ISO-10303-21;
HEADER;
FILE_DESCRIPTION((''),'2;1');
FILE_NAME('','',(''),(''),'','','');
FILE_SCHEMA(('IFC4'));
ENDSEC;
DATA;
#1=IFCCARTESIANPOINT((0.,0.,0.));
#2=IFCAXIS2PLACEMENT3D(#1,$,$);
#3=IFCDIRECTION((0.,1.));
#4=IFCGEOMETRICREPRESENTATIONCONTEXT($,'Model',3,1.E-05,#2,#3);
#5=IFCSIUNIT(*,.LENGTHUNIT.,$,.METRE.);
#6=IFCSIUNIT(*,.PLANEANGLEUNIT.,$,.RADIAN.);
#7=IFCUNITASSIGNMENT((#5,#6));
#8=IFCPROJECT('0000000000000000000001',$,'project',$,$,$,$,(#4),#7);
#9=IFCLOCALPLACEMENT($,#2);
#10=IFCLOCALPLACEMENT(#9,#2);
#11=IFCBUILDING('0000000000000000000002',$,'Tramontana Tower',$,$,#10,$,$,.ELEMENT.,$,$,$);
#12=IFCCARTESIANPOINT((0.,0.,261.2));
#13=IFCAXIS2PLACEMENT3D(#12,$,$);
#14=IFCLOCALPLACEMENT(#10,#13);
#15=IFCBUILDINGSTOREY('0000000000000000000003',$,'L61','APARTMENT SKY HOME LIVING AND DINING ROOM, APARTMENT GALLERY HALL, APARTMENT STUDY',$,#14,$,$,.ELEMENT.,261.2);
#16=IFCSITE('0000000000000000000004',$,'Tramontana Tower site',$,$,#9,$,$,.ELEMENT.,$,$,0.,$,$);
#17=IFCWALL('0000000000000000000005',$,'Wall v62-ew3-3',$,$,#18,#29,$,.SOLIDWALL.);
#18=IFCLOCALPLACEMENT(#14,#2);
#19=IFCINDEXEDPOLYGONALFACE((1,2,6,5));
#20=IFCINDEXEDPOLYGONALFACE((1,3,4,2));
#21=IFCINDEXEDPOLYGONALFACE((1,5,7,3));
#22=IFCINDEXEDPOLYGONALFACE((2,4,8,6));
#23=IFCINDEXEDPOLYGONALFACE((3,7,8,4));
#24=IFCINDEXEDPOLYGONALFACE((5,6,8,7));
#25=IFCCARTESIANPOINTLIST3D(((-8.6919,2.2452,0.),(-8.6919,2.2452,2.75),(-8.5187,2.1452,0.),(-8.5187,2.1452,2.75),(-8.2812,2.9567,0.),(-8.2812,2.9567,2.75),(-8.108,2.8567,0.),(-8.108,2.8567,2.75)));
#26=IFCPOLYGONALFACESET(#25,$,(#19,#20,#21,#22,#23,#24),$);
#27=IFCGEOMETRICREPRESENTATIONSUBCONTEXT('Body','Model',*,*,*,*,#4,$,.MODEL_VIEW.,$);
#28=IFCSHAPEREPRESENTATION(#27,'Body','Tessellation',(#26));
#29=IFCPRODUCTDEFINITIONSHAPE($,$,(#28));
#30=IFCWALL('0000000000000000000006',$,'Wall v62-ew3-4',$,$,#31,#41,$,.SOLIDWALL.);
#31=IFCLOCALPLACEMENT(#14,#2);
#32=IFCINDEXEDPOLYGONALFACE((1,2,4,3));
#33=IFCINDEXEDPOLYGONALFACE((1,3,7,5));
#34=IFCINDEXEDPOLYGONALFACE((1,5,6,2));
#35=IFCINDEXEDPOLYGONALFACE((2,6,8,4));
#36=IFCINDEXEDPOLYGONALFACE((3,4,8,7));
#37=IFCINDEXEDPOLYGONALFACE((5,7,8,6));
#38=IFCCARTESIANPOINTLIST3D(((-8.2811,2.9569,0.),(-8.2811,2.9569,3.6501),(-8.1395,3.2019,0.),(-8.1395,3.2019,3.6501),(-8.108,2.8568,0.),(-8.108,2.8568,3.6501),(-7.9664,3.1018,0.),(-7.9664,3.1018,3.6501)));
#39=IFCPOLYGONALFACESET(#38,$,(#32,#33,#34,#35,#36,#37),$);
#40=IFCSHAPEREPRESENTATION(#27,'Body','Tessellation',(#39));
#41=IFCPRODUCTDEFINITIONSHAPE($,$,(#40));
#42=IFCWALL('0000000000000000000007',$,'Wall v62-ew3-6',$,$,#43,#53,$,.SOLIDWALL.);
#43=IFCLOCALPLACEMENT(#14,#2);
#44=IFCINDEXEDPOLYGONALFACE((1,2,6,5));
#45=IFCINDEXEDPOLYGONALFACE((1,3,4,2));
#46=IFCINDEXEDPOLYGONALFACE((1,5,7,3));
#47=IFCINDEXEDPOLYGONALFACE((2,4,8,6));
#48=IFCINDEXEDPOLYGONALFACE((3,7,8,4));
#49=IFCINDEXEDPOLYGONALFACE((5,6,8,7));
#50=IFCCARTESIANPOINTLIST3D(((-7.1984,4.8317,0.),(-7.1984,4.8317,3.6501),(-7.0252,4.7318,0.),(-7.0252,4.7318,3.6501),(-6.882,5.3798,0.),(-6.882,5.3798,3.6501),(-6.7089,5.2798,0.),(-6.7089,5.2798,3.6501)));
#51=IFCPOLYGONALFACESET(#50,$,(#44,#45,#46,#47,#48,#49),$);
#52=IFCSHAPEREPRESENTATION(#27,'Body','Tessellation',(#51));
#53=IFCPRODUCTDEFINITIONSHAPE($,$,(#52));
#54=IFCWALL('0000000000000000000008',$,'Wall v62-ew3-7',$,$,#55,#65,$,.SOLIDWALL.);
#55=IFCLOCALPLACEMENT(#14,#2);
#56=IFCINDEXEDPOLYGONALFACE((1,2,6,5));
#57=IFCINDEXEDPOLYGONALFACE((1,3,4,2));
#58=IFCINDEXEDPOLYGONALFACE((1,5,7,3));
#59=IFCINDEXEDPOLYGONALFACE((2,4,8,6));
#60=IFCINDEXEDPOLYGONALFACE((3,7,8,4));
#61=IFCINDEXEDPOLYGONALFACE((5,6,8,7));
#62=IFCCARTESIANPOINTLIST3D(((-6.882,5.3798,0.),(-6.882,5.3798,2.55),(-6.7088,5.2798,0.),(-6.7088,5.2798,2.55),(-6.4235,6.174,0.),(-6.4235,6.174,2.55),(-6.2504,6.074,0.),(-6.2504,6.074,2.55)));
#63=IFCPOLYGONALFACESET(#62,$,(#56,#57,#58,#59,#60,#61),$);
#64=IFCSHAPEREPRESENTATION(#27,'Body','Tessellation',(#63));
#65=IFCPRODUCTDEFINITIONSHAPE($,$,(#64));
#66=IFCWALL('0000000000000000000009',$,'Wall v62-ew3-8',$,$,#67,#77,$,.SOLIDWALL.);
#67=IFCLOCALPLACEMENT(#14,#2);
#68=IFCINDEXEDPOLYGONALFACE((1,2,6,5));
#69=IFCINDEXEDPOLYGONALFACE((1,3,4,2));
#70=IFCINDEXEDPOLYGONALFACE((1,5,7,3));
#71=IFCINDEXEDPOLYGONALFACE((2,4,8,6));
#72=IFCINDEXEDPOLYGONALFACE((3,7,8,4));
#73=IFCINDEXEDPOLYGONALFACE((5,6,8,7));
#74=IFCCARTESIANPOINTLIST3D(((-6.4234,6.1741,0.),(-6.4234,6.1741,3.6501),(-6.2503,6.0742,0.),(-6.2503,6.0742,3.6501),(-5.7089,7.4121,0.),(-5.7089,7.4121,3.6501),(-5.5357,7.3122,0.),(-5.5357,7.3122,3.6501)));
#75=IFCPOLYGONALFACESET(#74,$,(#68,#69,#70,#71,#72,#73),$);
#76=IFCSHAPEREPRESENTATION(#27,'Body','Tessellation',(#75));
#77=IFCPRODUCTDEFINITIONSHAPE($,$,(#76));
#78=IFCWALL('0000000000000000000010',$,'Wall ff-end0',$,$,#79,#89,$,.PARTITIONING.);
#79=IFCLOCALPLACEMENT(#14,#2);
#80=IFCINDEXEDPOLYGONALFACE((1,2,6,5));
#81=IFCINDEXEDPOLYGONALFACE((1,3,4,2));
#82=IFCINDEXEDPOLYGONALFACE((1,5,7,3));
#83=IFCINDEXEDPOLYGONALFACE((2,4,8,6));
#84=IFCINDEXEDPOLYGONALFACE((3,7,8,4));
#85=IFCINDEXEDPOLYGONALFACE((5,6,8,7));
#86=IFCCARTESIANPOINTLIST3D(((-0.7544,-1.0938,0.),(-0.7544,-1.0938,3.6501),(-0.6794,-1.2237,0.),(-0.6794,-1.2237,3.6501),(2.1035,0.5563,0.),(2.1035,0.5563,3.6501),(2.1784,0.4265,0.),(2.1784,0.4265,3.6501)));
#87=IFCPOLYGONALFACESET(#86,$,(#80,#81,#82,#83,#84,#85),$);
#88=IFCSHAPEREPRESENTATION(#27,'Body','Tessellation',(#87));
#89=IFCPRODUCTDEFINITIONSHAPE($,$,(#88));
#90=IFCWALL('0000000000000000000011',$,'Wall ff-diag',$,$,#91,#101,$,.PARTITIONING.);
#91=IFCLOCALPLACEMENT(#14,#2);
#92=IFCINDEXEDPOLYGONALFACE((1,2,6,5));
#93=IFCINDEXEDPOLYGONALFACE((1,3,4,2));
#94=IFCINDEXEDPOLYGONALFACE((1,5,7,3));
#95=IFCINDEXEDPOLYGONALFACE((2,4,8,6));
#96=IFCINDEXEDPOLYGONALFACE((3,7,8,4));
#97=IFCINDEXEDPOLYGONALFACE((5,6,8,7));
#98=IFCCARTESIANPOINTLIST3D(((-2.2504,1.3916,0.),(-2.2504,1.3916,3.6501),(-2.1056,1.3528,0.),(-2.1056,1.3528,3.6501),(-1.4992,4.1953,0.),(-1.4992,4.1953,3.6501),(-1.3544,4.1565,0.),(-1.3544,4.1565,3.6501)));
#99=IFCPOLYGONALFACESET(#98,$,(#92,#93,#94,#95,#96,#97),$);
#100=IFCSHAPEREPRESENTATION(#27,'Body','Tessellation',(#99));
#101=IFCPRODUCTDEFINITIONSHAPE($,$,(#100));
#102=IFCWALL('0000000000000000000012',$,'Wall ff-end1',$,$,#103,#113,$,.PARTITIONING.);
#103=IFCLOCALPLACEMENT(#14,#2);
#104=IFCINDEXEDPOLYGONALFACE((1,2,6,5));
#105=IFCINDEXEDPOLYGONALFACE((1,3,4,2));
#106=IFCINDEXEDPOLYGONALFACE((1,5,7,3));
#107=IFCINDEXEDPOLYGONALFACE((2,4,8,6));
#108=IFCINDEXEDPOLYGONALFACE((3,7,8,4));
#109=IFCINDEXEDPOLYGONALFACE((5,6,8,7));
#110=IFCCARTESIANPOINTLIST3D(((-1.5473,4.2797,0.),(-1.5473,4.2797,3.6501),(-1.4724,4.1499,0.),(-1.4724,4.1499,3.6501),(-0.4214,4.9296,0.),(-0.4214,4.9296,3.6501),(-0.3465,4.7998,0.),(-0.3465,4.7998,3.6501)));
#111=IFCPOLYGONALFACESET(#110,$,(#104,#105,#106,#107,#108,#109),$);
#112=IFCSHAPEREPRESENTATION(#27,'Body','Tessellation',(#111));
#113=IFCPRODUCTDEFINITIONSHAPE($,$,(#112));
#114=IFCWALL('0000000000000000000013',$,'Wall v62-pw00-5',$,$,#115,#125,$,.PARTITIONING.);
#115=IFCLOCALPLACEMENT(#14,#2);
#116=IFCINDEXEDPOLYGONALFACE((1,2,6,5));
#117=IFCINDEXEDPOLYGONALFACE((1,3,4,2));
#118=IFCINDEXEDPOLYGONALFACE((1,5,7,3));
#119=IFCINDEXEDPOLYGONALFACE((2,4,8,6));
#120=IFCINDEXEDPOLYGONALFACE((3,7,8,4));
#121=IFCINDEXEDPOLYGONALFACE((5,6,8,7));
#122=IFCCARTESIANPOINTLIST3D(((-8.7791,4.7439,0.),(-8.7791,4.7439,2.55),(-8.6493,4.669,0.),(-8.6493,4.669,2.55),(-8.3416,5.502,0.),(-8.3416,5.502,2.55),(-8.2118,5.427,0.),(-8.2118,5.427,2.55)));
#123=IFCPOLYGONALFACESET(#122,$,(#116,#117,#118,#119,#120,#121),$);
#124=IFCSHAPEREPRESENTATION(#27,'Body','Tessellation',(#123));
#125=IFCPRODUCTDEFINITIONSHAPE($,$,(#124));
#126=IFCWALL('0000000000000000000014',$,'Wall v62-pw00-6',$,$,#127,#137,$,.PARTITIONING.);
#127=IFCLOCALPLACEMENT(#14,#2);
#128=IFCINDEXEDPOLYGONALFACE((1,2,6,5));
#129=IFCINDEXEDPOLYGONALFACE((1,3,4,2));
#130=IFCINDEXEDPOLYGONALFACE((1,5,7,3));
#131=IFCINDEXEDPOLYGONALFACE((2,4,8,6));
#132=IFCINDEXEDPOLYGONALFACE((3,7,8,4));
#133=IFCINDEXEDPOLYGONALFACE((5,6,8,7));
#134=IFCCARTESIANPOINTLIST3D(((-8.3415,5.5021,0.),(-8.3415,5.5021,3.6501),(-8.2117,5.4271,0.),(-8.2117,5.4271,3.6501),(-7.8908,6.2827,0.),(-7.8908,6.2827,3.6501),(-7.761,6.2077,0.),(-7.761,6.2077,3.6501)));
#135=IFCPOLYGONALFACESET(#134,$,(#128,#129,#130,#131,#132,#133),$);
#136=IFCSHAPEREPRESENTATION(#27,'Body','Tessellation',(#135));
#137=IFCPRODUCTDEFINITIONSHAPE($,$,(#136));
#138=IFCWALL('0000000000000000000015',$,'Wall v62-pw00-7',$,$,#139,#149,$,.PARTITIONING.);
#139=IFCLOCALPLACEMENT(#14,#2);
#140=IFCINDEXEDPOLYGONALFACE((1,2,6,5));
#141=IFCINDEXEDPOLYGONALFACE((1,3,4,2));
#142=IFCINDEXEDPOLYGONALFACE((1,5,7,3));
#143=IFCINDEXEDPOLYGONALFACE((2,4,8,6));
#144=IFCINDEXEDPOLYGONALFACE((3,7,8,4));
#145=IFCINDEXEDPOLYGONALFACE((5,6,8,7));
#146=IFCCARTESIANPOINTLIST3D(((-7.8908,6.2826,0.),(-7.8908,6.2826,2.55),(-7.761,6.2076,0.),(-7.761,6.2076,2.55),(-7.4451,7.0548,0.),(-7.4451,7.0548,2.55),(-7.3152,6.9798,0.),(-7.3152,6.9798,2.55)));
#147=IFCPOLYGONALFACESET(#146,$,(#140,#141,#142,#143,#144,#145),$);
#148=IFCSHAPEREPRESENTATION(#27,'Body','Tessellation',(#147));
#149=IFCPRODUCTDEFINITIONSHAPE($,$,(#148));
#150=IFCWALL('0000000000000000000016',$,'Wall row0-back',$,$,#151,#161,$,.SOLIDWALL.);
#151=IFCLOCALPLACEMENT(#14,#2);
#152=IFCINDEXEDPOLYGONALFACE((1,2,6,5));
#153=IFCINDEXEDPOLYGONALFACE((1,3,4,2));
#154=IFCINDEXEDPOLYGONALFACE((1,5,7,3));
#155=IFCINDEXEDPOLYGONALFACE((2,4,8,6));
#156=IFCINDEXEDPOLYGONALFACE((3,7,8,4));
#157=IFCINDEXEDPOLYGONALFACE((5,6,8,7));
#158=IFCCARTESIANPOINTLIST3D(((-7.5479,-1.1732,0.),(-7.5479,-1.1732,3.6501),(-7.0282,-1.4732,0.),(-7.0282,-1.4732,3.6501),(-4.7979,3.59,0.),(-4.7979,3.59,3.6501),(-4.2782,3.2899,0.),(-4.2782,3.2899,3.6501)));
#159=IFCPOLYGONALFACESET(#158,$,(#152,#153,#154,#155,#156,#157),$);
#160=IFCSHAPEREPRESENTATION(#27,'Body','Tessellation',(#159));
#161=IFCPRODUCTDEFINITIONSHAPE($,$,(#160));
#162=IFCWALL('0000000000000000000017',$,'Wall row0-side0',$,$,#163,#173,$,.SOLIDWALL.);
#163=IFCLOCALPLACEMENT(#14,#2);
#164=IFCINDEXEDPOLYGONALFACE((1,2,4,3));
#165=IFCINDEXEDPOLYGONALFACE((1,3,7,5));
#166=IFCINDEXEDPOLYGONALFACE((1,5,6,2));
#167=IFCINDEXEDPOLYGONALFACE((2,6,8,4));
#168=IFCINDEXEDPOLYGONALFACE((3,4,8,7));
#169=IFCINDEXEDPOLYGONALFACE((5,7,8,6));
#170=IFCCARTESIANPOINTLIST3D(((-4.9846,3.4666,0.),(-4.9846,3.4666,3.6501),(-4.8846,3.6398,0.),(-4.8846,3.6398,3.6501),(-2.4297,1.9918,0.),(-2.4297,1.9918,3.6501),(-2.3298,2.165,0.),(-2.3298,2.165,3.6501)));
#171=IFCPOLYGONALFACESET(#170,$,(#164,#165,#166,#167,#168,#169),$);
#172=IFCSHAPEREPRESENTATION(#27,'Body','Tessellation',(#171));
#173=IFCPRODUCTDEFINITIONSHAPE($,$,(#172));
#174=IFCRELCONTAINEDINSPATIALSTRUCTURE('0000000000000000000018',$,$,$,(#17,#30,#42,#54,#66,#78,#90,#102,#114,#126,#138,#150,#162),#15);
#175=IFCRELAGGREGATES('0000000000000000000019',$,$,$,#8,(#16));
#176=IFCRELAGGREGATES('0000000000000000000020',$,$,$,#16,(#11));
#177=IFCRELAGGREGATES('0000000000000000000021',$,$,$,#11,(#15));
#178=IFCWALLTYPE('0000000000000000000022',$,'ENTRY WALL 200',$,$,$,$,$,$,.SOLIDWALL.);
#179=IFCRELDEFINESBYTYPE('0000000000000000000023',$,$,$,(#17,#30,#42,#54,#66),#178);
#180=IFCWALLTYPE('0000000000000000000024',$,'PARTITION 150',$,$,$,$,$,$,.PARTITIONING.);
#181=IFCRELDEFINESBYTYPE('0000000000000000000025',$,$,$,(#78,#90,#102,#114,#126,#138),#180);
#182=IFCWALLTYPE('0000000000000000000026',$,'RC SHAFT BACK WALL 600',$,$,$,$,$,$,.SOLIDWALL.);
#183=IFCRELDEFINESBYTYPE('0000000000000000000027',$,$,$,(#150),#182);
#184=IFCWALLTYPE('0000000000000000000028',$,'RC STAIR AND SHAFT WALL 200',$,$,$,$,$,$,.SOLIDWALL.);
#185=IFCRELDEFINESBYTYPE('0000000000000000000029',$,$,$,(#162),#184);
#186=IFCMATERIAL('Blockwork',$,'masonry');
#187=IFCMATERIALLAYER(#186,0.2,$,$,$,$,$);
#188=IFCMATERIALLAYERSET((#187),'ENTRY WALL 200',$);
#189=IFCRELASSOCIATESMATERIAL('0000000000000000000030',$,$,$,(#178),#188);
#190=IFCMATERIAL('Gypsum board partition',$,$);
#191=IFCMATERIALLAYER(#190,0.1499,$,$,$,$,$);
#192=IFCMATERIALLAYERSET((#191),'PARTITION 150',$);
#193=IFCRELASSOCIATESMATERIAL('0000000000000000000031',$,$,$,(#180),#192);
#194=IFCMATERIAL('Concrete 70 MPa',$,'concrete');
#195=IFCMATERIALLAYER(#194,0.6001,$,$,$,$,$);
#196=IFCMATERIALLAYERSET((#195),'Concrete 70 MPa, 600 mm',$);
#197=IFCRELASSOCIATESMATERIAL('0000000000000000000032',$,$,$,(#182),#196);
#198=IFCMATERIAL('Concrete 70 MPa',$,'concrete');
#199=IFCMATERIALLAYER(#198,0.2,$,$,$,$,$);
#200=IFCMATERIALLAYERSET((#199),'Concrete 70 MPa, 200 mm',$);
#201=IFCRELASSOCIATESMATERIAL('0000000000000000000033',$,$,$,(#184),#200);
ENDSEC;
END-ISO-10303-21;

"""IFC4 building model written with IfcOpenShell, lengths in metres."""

from ifc_helpers import new_model, si_unit, direction, frame, frame_2d, origin, place, context, subcontext, project, spatial, rectangle, extrude, material, layer, layer_set, type_object, element, save


model = new_model("IFC4")

# Units and contexts
model_context = context("Model", 3, precision=1e-05, world=origin(), true_north=direction((0.0, 1.0)))
body_context = subcontext(model_context, "Body", "Model", "MODEL_VIEW")
ifc_project = project(units=[si_unit("LENGTHUNIT", "METRE"), si_unit("PLANEANGLEUNIT", "RADIAN")], contexts=[model_context])

# Site, building, storey
site_placement = place(None, origin())
site = spatial("IfcSite", under=ifc_project, at=site_placement, Name="Tramontana Tower site", CompositionType="ELEMENT", RefElevation=0.0)
building_placement = place(site_placement, origin())
building = spatial("IfcBuilding", under=site, at=building_placement, Name="Tramontana Tower", CompositionType="ELEMENT")
storey_placement = place(building_placement, frame((0.0, 0.0, 261.2)))
storey = spatial("IfcBuildingStorey", under=building, at=storey_placement, Name="L61", Description="APARTMENT SKY HOME LIVING AND DINING ROOM, APARTMENT GALLERY HALL, APARTMENT STUDY", CompositionType="ELEMENT", Elevation=261.2)

# Walls
ifc_material_1 = material(Name="Blockwork", Category="masonry")
ifc_layer_1 = layer(ifc_material_1, 0.2)
ifc_layer_set_1 = layer_set([ifc_layer_1], Name="ENTRY WALL 200")
wall_type_1 = type_object("IfcWallType", Name="ENTRY WALL 200", PredefinedType="SOLIDWALL", material=ifc_layer_set_1)
wall_1_placement = place(storey_placement, frame((-8.6052, 2.1953, 0.0), z_axis=(0.0, 0.0, 1.0), x_axis=(0.499911, 0.866077, 0.0)))
element("IfcWall", 1, at=wall_1_placement, inside=storey, type_object=wall_type_1, Name="Wall v62-ew3-3", PredefinedType="SOLIDWALL", context=body_context, shape_type="SweptSolid", body=[
    extrude(rectangle(XDim=0.8215, YDim=0.2, at=frame_2d((0.4106, 0.0))), origin(), (0.0, 0.0, 1.0), 2.75),
])
wall_2_placement = place(storey_placement, frame((-8.1946, 2.9067, 0.0), z_axis=(0.0, 0.0, 1.0), x_axis=(0.50022, 0.865898, 0.0)))
element("IfcWall", 2, at=wall_2_placement, inside=storey, type_object=wall_type_1, Name="Wall v62-ew3-4", PredefinedType="SOLIDWALL", context=body_context, shape_type="SweptSolid", body=[
    extrude(rectangle(XDim=0.283, YDim=0.2, at=frame_2d((0.1416, 0.0))), origin(), (0.0, 0.0, 1.0), 3.6501),
])

# Walls
wall_3_placement = place(storey_placement, frame((-7.1118, 4.7817, 0.0), z_axis=(0.0, 0.0, 1.0), x_axis=(0.499956, 0.866051, 0.0)))
element("IfcWall", 3, at=wall_3_placement, inside=storey, type_object=wall_type_1, Name="Wall v62-ew3-6", PredefinedType="SOLIDWALL", context=body_context, shape_type="SweptSolid", body=[
    extrude(rectangle(XDim=0.6328, YDim=0.2, at=frame_2d((0.3164, 0.0))), origin(), (0.0, 0.0, 1.0), 3.6501),
])
wall_4_placement = place(storey_placement, frame((-6.7954, 5.3298, 0.0), z_axis=(0.0, 0.0, 1.0), x_axis=(0.499976, 0.866039, 0.0)))
element("IfcWall", 4, at=wall_4_placement, inside=storey, type_object=wall_type_1, Name="Wall v62-ew3-7", PredefinedType="SOLIDWALL", context=body_context, shape_type="SweptSolid", body=[
    extrude(rectangle(XDim=0.917, YDim=0.2, at=frame_2d((0.4585, 0.0))), origin(), (0.0, 0.0, 1.0), 2.55),
])
wall_5_placement = place(storey_placement, frame((-6.3369, 6.124, 0.0), z_axis=(0.0, 0.0, 1.0), x_axis=(0.499905, 0.86608, 0.0)))
element("IfcWall", 5, at=wall_5_placement, inside=storey, type_object=wall_type_1, Name="Wall v62-ew3-8", PredefinedType="SOLIDWALL", context=body_context, shape_type="SweptSolid", body=[
    extrude(rectangle(XDim=1.4294, YDim=0.2, at=frame_2d((0.7148, 0.0))), origin(), (0.0, 0.0, 1.0), 3.6501),
])

# Shared definitions
ifc_material_2 = material(Name="Gypsum board partition")
ifc_layer_2 = layer(ifc_material_2, 0.1499)
ifc_layer_set_2 = layer_set([ifc_layer_2], Name="PARTITION 150")
wall_type_2 = type_object("IfcWallType", Name="PARTITION 150", PredefinedType="PARTITIONING", material=ifc_layer_set_2)

# Walls
wall_6_placement = place(storey_placement, frame((-0.7168, -1.1587, 0.0), z_axis=(0.0, 0.0, 1.0), x_axis=(0.866008, 0.50003, 0.0)))
element("IfcWall", 6, at=wall_6_placement, inside=storey, type_object=wall_type_2, Name="Wall ff-end0", PredefinedType="PARTITIONING", context=body_context, shape_type="SweptSolid", body=[
    extrude(rectangle(XDim=3.3, YDim=0.1499, at=frame_2d((1.6499, 0.0))), origin(), (0.0, 0.0, 1.0), 3.6501),
])
wall_7_placement = place(storey_placement, frame((-2.178, 1.3723, 0.0), z_axis=(0.0, 0.0, 1.0), x_axis=(0.258809, 0.965929, 0.0)))
element("IfcWall", 7, at=wall_7_placement, inside=storey, type_object=wall_type_2, Name="Wall ff-diag", PredefinedType="PARTITIONING", context=body_context, shape_type="SweptSolid", body=[
    extrude(rectangle(XDim=2.9026, YDim=0.1499, at=frame_2d((1.4512, 0.0))), origin(), (0.0, 0.0, 1.0), 3.6501),
])
wall_8_placement = place(storey_placement, frame((-1.5098, 4.2148, 0.0), z_axis=(0.0, 0.0, 1.0), x_axis=(0.866086, 0.499896, 0.0)))
element("IfcWall", 8, at=wall_8_placement, inside=storey, type_object=wall_type_2, Name="Wall ff-end1", PredefinedType="PARTITIONING", context=body_context, shape_type="SweptSolid", body=[
    extrude(rectangle(XDim=1.3, YDim=0.1499, at=frame_2d((0.6499, 0.0))), origin(), (0.0, 0.0, 1.0), 3.6501),
])
wall_9_placement = place(storey_placement, frame((-8.7141, 4.7065, 0.0), z_axis=(0.0, 0.0, 1.0), x_axis=(0.499859, 0.866107, 0.0)))
element("IfcWall", 9, at=wall_9_placement, inside=storey, type_object=wall_type_2, Name="Wall v62-pw00-5", PredefinedType="PARTITIONING", context=body_context, shape_type="SweptSolid", body=[
    extrude(rectangle(XDim=0.8752, YDim=0.1499, at=frame_2d((0.4375, 0.0))), origin(), (0.0, 0.0, 1.0), 2.55),
])
wall_10_placement = place(storey_placement, frame((-8.2766, 5.4646, 0.0), z_axis=(0.0, 0.0, 1.0), x_axis=(0.500043, 0.866001, 0.0)))
element("IfcWall", 10, at=wall_10_placement, inside=storey, type_object=wall_type_2, Name="Wall v62-pw00-6", PredefinedType="PARTITIONING", context=body_context, shape_type="SweptSolid", body=[
    extrude(rectangle(XDim=0.9014, YDim=0.1499, at=frame_2d((0.4507, 0.0))), origin(), (0.0, 0.0, 1.0), 3.6501),
])
wall_11_placement = place(storey_placement, frame((-7.8259, 6.2451, 0.0), z_axis=(0.0, 0.0, 1.0), x_axis=(0.499967, 0.866044, 0.0)))
element("IfcWall", 11, at=wall_11_placement, inside=storey, type_object=wall_type_2, Name="Wall v62-pw00-7", PredefinedType="PARTITIONING", context=body_context, shape_type="SweptSolid", body=[
    extrude(rectangle(XDim=0.8916, YDim=0.1499, at=frame_2d((0.4458, 0.0))), origin(), (0.0, 0.0, 1.0), 2.55),
])

# Wall
ifc_material_3 = material(Name="Concrete 70 MPa", Category="concrete")
ifc_layer_3 = layer(ifc_material_3, 0.6001)
ifc_layer_set_3 = layer_set([ifc_layer_3], Name="Concrete 70 MPa, 600 mm")
wall_type_3 = type_object("IfcWallType", Name="RC SHAFT BACK WALL 600", PredefinedType="SOLIDWALL", material=ifc_layer_set_3)
wall_12_placement = place(storey_placement, frame((-4.5381, 3.4399, 0.0), z_axis=(0.0, 0.0, 1.0), x_axis=(-0.499997, -0.866027, 0.0)))
element("IfcWall", 12, at=wall_12_placement, inside=storey, type_object=wall_type_3, Name="Wall row0-back", PredefinedType="SOLIDWALL", context=body_context, shape_type="SweptSolid", body=[
    extrude(rectangle(XDim=5.5, YDim=0.6001, at=frame_2d((2.75, 0.0))), origin(), (0.0, 0.0, 1.0), 3.6501),
])

# Shared definitions
ifc_material_4 = material(Name="Concrete 70 MPa", Category="concrete")
ifc_layer_4 = layer(ifc_material_4, 0.2)
ifc_layer_set_4 = layer_set([ifc_layer_4], Name="Concrete 70 MPa, 200 mm")
wall_type_4 = type_object("IfcWallType", Name="RC STAIR AND SHAFT WALL 200", PredefinedType="SOLIDWALL", material=ifc_layer_set_4)

# Wall
wall_13_placement = place(storey_placement, frame((-2.3796, 2.0784, 0.0), z_axis=(0.0, 0.0, 1.0), x_axis=(-0.86606, 0.49994, 0.0)))
element("IfcWall", 13, at=wall_13_placement, inside=storey, type_object=wall_type_4, Name="Wall row0-side0", PredefinedType="SOLIDWALL", context=body_context, shape_type="SweptSolid", body=[
    extrude(rectangle(XDim=2.95, YDim=0.2, at=frame_2d((1.4751, 0.0))), origin(), (0.0, 0.0, 1.0), 3.6501),
])

save(model, "model.ifc")
